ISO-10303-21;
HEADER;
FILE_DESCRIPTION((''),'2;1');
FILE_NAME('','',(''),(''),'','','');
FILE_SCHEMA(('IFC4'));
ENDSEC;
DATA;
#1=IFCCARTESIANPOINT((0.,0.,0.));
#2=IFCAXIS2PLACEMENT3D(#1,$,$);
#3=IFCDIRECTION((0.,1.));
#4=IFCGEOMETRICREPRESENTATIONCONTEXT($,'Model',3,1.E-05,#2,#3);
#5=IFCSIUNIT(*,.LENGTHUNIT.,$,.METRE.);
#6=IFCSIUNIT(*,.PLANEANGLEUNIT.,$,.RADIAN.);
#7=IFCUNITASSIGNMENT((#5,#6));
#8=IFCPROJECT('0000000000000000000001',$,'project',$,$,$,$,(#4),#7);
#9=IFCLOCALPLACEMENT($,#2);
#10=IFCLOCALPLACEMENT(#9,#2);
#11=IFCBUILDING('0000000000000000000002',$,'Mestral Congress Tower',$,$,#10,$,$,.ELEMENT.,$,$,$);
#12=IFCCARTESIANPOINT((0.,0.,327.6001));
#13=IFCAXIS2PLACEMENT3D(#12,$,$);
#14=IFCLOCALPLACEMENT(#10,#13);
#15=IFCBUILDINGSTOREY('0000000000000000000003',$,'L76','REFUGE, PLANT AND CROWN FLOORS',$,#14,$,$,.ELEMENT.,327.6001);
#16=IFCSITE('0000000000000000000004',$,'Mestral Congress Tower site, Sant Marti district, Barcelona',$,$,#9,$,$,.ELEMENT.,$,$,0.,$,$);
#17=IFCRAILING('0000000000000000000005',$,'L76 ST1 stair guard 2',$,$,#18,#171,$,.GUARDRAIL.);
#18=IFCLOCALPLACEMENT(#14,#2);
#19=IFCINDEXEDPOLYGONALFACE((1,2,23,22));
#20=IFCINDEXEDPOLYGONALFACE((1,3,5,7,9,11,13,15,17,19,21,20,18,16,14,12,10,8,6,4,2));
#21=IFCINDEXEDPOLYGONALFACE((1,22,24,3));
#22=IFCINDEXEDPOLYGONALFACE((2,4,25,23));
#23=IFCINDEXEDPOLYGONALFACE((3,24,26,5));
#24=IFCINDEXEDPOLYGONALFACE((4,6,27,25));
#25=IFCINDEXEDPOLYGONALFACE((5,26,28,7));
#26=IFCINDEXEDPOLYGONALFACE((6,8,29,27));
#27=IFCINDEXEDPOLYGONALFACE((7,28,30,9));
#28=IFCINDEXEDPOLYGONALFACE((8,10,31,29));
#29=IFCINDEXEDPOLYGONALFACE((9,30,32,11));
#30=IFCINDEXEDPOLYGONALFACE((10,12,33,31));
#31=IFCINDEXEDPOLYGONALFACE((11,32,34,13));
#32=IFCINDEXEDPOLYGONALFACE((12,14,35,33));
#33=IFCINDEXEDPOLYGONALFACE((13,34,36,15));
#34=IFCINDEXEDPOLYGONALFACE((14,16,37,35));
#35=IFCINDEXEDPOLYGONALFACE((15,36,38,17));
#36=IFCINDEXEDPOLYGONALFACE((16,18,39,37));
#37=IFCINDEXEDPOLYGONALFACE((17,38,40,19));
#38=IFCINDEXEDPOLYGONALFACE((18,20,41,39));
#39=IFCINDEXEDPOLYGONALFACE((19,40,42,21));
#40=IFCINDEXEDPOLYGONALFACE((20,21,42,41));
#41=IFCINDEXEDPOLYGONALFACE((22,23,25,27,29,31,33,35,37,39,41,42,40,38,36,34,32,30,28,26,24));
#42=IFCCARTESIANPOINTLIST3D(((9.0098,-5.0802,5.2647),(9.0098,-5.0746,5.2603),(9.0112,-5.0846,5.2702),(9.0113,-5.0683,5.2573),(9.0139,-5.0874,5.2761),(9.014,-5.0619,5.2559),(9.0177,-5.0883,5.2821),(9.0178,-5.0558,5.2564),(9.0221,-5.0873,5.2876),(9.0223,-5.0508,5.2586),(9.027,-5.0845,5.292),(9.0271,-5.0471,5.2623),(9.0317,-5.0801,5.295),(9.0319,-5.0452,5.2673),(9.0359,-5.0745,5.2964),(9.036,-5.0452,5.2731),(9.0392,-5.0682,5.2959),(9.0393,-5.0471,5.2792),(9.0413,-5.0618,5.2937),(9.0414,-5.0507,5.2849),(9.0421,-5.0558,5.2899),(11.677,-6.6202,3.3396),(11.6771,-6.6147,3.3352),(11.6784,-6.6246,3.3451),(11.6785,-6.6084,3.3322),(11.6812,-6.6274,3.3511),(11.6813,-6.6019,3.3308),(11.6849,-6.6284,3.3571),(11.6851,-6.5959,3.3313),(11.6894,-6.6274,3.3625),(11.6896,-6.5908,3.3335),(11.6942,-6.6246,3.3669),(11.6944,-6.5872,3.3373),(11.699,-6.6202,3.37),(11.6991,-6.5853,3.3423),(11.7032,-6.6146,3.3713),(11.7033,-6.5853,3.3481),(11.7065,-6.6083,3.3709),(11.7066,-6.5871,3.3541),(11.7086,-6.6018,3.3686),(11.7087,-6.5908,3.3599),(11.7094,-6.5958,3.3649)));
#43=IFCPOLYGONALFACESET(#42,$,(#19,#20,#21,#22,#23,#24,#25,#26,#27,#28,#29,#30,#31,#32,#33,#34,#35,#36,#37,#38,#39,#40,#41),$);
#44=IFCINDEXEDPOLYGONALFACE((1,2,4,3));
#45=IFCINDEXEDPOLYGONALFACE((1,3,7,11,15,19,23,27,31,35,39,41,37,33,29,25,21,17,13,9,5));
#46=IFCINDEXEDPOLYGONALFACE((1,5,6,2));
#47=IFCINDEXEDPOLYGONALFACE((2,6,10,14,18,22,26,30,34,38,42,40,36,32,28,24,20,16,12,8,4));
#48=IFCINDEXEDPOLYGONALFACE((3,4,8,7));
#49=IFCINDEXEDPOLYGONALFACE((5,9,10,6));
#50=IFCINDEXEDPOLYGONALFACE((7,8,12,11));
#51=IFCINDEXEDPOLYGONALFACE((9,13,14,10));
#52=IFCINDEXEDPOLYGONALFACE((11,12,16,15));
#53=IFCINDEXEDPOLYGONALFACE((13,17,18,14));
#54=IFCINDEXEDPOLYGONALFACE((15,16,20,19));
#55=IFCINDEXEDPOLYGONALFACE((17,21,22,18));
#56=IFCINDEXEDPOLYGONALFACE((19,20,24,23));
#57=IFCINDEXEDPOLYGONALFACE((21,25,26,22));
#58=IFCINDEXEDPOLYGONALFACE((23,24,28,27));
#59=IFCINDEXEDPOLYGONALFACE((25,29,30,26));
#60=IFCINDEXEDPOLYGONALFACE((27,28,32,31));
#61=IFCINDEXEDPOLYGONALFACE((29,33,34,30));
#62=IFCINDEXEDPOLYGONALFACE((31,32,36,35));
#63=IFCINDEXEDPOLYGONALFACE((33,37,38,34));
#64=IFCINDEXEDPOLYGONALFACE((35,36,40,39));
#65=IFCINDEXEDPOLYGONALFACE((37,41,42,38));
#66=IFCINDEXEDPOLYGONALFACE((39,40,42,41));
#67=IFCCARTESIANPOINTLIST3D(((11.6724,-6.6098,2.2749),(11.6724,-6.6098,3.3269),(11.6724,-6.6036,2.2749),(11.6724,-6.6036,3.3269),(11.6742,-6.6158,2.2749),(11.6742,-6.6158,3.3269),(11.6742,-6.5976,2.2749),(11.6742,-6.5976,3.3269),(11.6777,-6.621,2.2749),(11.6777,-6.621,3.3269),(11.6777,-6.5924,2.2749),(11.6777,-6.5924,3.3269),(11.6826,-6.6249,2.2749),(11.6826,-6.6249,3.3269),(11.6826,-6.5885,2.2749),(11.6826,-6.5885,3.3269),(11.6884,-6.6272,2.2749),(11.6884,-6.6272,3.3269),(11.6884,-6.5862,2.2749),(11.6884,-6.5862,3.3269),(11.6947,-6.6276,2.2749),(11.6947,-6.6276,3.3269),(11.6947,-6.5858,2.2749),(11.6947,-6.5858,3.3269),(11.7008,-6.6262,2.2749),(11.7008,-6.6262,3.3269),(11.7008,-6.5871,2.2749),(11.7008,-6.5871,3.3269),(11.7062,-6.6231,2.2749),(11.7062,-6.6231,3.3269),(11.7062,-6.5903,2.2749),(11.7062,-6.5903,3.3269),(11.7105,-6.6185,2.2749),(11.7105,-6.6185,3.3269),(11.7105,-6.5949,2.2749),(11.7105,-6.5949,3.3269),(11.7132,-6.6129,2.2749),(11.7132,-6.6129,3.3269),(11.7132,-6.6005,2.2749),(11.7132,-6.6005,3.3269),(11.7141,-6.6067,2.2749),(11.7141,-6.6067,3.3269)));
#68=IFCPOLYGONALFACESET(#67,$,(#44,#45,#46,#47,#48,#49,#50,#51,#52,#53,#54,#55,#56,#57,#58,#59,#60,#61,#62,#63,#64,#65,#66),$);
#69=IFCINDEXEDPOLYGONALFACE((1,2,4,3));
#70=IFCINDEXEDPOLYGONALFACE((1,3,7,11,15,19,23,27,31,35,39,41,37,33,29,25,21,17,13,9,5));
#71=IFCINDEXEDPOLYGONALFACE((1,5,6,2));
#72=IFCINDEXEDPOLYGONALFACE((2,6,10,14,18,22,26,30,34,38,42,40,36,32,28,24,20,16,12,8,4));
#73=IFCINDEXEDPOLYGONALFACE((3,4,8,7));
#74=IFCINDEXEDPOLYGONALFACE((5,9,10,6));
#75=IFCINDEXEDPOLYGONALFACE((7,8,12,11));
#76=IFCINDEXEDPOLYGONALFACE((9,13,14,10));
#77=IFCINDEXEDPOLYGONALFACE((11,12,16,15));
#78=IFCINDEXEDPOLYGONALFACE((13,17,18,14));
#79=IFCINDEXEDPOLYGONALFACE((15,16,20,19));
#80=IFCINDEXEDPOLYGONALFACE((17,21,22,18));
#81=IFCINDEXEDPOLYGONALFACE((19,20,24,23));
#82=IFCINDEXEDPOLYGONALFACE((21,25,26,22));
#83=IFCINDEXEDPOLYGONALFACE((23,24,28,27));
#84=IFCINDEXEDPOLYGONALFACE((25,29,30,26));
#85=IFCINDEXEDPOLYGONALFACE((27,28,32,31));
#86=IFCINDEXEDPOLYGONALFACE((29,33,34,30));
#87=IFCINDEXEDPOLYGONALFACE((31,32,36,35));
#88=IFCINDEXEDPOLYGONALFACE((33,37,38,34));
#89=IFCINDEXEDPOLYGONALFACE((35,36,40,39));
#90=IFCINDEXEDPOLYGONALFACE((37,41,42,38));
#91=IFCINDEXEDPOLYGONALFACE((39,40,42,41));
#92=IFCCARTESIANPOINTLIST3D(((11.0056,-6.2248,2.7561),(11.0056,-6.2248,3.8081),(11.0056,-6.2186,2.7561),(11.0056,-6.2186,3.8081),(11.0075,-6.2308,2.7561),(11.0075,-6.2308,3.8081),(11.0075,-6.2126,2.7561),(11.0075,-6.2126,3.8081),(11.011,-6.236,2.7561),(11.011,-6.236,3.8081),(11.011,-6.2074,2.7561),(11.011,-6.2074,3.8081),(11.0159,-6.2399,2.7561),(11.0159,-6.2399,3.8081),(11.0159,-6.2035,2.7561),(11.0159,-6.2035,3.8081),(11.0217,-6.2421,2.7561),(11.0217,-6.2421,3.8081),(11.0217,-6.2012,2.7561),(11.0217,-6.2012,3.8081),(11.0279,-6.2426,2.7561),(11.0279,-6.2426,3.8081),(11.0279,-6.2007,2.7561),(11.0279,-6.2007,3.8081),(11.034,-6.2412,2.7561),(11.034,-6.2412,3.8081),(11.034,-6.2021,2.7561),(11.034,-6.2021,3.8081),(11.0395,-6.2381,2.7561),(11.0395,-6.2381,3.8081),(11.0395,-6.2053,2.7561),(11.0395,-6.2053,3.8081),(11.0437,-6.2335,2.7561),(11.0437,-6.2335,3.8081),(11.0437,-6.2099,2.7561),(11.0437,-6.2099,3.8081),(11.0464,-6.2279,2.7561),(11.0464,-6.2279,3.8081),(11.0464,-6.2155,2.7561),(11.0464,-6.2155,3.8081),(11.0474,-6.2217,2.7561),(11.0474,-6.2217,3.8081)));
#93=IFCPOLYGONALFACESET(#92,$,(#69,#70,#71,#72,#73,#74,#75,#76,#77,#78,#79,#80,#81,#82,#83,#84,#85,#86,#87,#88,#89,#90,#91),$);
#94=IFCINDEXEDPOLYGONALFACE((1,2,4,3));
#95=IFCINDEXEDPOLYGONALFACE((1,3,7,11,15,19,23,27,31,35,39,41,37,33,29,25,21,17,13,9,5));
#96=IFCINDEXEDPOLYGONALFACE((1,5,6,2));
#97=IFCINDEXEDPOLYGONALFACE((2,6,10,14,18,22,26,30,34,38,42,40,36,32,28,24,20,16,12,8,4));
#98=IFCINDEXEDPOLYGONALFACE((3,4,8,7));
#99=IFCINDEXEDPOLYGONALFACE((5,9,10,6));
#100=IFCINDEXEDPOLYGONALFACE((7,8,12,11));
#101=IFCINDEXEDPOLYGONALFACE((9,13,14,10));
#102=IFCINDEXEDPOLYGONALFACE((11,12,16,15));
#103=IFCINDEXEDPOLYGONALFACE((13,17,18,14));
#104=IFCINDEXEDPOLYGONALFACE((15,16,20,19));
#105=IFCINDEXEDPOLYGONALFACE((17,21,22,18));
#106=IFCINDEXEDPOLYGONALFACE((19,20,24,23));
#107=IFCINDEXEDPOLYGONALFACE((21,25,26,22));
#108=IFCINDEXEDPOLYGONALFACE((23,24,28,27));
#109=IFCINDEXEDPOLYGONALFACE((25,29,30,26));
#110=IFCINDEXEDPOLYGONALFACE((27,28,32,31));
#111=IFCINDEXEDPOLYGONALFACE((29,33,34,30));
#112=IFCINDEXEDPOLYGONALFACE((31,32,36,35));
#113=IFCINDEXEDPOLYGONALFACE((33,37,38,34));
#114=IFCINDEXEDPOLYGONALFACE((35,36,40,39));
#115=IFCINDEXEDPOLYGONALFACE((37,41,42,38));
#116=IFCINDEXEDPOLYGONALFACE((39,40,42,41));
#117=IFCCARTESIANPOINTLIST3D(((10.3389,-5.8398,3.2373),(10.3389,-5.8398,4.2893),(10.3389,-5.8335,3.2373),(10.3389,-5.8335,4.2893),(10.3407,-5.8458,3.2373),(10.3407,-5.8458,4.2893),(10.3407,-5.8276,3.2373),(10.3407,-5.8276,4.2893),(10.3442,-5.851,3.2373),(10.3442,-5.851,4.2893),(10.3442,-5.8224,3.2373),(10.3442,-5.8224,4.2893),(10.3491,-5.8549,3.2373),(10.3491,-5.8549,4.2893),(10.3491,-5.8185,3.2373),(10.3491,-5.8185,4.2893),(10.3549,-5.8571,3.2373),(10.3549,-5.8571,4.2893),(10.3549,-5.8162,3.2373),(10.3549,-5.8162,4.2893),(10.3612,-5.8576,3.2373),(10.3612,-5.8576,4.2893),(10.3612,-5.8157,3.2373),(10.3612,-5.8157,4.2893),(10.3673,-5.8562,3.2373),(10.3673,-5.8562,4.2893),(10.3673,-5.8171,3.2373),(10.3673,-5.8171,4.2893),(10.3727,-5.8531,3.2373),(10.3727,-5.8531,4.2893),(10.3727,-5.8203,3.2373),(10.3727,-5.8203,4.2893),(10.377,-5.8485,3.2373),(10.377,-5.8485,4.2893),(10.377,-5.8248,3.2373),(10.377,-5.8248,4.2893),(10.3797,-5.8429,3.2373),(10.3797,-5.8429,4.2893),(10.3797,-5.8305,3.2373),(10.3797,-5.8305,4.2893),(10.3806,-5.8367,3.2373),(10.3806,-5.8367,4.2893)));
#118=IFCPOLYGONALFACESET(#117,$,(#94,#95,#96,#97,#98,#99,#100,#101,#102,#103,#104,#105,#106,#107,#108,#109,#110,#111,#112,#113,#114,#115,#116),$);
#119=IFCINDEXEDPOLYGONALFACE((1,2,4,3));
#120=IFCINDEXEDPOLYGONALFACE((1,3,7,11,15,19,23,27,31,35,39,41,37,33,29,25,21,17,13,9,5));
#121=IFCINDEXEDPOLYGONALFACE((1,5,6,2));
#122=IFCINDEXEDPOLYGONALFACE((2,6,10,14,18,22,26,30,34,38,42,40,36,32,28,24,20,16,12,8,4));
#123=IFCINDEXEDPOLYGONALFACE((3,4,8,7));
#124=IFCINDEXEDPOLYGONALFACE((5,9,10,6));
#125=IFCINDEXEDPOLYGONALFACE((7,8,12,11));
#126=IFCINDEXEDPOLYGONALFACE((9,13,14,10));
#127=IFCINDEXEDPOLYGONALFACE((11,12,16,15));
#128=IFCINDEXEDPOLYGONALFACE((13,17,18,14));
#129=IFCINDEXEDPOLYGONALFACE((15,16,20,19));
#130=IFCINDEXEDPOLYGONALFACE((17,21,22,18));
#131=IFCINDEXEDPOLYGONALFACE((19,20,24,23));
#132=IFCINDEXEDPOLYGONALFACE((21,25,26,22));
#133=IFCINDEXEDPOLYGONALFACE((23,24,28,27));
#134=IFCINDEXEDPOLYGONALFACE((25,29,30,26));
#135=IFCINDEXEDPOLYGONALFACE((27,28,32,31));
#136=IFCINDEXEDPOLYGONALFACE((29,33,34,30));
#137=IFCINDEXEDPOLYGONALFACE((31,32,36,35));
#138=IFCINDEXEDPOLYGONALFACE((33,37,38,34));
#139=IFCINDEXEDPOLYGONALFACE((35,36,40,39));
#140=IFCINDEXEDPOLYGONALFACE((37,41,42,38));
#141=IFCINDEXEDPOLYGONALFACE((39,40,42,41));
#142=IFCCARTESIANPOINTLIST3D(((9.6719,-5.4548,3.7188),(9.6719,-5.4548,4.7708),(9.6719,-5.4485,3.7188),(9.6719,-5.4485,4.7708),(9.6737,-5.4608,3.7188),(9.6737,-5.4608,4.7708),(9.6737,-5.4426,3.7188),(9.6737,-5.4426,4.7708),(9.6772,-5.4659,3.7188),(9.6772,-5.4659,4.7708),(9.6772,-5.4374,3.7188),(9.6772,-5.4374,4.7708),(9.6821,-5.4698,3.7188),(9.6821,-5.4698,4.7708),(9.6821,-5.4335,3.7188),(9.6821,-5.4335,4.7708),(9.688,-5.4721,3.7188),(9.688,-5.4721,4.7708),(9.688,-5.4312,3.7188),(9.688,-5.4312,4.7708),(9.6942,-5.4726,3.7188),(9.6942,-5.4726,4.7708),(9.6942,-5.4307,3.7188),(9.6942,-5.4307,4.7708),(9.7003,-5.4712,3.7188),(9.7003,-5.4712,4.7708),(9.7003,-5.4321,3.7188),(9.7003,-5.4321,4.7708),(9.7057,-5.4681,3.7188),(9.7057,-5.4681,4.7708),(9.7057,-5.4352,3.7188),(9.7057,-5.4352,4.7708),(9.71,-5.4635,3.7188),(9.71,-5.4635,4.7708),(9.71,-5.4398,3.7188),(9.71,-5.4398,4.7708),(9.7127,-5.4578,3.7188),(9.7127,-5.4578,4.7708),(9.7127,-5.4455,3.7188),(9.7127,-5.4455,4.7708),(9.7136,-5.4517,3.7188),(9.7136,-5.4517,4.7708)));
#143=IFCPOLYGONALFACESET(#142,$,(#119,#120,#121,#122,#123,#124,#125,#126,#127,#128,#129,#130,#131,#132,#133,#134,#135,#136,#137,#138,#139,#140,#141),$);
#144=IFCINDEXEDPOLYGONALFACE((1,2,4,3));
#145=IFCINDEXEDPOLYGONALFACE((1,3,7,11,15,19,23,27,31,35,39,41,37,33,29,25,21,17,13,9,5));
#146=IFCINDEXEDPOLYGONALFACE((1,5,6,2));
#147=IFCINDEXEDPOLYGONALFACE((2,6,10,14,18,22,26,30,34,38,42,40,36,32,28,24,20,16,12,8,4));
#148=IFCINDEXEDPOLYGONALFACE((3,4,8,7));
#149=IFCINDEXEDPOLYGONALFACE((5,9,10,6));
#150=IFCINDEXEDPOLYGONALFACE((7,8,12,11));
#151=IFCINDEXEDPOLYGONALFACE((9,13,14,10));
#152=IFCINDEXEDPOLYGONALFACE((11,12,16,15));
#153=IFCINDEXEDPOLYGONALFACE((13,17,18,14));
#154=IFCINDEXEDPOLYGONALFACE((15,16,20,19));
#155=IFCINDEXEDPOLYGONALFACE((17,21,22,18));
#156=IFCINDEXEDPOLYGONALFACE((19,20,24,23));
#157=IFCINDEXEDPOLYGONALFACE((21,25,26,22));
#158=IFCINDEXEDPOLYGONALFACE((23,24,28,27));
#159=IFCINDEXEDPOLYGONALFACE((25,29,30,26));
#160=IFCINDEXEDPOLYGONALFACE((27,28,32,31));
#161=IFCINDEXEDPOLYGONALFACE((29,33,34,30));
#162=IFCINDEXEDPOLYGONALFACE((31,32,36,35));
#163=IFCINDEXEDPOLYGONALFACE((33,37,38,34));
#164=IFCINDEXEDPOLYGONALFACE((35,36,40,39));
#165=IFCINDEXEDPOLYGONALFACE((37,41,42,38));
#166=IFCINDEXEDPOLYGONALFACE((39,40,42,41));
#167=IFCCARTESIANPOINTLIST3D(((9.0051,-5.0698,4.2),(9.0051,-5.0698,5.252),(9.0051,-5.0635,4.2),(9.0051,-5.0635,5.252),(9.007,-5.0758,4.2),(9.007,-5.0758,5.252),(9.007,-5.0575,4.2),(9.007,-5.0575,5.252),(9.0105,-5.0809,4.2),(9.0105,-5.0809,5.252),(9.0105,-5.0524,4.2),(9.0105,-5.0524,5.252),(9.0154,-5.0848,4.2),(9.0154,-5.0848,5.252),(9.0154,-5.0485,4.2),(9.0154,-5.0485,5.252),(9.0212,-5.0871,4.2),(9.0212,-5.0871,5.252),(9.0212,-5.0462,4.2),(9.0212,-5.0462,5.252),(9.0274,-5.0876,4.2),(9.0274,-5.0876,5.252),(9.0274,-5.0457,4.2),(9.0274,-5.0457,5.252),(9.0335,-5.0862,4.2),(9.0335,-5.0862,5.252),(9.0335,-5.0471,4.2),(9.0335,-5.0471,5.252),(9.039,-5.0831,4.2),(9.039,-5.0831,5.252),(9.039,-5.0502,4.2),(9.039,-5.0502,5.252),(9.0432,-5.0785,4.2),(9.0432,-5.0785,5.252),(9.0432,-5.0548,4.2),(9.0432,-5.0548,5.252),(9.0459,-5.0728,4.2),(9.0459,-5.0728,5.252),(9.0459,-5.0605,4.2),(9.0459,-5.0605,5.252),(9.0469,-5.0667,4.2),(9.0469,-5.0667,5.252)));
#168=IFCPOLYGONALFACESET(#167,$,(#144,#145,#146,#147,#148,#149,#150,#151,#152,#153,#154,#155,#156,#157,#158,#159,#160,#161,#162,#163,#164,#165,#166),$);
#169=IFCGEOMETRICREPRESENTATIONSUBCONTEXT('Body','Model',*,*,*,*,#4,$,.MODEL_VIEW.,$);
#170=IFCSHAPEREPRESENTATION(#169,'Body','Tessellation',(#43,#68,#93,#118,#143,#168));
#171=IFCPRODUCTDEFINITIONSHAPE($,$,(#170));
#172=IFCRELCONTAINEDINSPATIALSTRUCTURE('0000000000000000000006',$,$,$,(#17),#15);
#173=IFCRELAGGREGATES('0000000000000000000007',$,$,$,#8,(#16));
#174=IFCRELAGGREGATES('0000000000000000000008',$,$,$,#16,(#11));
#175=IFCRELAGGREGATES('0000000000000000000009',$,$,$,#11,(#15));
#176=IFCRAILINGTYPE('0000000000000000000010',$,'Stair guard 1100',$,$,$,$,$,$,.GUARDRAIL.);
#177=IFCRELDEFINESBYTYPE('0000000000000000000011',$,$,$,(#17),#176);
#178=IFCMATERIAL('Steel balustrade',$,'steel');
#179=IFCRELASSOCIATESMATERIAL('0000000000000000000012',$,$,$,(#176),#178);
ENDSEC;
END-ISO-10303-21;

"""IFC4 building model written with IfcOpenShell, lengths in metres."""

from ifc_helpers import new_model, si_unit, direction, frame, origin, origin_2d, place, context, subcontext, project, spatial, circle, extrude, material, type_object, element, save


model = new_model("IFC4")

# Units and contexts
model_context = context("Model", 3, precision=1e-05, world=origin(), true_north=direction((0.0, 1.0)))
body_context = subcontext(model_context, "Body", "Model", "MODEL_VIEW")
ifc_project = project(units=[si_unit("LENGTHUNIT", "METRE"), si_unit("PLANEANGLEUNIT", "RADIAN")], contexts=[model_context])

# Site, building, storey
site_placement = place(None, origin())
site = spatial("IfcSite", under=ifc_project, at=site_placement, Name="Mestral Congress Tower site, Sant Marti district, Barcelona", CompositionType="ELEMENT", RefElevation=0.0)
building_placement = place(site_placement, origin())
building = spatial("IfcBuilding", under=site, at=building_placement, Name="Mestral Congress Tower", CompositionType="ELEMENT")
storey_placement = place(building_placement, frame((0.0, 0.0, 327.6001)))
storey = spatial("IfcBuildingStorey", under=building, at=storey_placement, Name="L76", Description="REFUGE, PLANT AND CROWN FLOORS", CompositionType="ELEMENT", Elevation=327.6001)

# Railing
ifc_material_1 = material(Name="Steel balustrade", Category="steel")
railing_type = type_object("IfcRailingType", Name="Stair guard 1100", PredefinedType="GUARDRAIL", material=ifc_material_1)
railing_1_placement = place(storey_placement, frame((11.6931, -6.6067, 2.2749)))
element("IfcRailing", 1, at=railing_1_placement, inside=storey, type_object=railing_type, Name="L76 ST1 stair guard 2", PredefinedType="GUARDRAIL", context=body_context, shape_type="SweptSolid", body=[
    extrude(circle(Radius=0.0239, at=origin_2d()), frame((0.0, 0.0, 1.0762), z_axis=(-0.734364, 0.424015, 0.530019), x_axis=(-0.500027, -0.86601, 0.0)), (0.0, 0.0, 1.0), 3.6321),
    extrude(circle(Radius=0.021, at=origin_2d()), origin(), (0.0, 0.0, 1.0), 1.052),
    extrude(circle(Radius=0.021, at=origin_2d()), frame((-0.6667, 0.385, 0.4812)), (0.0, 0.0, 1.0), 1.052),
    extrude(circle(Radius=0.021, at=origin_2d()), frame((-1.3335, 0.77, 0.9624)), (0.0, 0.0, 1.0), 1.052),
    extrude(circle(Radius=0.021, at=origin_2d()), frame((-2.0005, 1.155, 1.4438)), (0.0, 0.0, 1.0), 1.052),
    extrude(circle(Radius=0.021, at=origin_2d()), frame((-2.6672, 1.54, 1.925)), (0.0, 0.0, 1.0), 1.052),
])

save(model, "model.ifc")
